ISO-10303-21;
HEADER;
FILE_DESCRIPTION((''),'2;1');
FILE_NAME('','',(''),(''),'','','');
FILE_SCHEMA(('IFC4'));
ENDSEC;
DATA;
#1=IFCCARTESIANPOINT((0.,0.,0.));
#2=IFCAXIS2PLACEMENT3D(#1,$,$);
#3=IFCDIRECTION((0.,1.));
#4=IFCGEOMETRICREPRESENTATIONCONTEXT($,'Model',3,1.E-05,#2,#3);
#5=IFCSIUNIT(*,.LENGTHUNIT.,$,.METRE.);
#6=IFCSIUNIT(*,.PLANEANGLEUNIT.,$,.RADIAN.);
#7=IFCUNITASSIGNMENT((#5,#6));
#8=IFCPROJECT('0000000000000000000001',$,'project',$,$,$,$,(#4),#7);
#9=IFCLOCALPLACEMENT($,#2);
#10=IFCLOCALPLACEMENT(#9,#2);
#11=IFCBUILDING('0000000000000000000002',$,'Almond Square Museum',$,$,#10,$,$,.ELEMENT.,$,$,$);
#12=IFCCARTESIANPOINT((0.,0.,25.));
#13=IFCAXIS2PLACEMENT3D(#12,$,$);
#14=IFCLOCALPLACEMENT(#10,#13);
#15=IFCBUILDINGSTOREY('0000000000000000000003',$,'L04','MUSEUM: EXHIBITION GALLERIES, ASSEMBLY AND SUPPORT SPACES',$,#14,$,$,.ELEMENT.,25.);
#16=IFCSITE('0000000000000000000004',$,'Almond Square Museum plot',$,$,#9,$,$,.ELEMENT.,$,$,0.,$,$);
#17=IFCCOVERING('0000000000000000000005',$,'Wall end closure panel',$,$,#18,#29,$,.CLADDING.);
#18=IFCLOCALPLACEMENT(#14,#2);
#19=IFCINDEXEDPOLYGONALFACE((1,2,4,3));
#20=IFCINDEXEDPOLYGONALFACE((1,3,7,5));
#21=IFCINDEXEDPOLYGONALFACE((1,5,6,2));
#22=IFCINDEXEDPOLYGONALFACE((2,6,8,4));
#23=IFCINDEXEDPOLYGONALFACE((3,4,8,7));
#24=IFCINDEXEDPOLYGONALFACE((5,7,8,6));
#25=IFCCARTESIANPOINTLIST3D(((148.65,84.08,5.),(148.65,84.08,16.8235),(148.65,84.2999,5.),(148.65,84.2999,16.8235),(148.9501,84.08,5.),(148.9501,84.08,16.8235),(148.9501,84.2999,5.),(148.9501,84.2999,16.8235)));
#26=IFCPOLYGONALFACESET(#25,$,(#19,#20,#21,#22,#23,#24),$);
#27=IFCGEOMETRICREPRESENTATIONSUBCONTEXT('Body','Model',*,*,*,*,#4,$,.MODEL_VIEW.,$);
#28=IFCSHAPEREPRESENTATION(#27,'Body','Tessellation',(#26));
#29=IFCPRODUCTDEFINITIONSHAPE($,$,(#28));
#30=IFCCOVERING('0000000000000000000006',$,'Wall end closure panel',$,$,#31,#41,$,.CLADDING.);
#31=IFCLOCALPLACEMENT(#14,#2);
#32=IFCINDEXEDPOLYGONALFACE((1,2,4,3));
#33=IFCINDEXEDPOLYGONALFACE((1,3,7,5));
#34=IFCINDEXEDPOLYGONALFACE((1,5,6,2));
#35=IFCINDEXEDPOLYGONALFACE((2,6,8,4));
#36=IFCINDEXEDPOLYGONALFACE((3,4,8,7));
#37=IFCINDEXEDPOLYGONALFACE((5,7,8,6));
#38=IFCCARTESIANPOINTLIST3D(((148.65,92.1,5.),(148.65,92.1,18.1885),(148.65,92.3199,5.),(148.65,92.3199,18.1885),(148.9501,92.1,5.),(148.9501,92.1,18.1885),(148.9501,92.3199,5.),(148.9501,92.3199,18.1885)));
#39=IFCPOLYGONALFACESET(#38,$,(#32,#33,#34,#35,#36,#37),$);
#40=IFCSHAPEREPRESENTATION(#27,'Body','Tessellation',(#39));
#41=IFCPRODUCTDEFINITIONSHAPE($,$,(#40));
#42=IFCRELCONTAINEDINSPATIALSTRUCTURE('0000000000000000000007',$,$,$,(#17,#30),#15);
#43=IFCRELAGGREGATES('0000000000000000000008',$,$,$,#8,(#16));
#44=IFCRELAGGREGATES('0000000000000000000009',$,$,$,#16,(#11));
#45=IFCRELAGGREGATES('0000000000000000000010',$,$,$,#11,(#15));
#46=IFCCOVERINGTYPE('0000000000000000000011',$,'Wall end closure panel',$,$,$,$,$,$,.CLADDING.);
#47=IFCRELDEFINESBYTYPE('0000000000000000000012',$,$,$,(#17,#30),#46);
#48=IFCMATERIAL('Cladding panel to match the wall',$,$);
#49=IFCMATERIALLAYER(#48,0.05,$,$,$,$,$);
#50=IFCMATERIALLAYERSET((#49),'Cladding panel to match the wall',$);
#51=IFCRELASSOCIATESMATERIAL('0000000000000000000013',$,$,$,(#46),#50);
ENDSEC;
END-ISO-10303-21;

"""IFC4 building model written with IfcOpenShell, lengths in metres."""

from ifc_helpers import new_model, si_unit, direction, frame, origin, origin_2d, place, context, subcontext, project, spatial, rectangle, extrude, material, layer, layer_set, type_object, element, save


model = new_model("IFC4")

# Units and contexts
model_context = context("Model", 3, precision=1e-05, world=origin(), true_north=direction((0.0, 1.0)))
body_context = subcontext(model_context, "Body", "Model", "MODEL_VIEW")
ifc_project = project(units=[si_unit("LENGTHUNIT", "METRE"), si_unit("PLANEANGLEUNIT", "RADIAN")], contexts=[model_context])

# Site, building, storey
site_placement = place(None, origin())
site = spatial("IfcSite", under=ifc_project, at=site_placement, Name="Almond Square Museum plot", CompositionType="ELEMENT", RefElevation=0.0)
building_placement = place(site_placement, origin())
building = spatial("IfcBuilding", under=site, at=building_placement, Name="Almond Square Museum", CompositionType="ELEMENT")
storey_placement = place(building_placement, frame((0.0, 0.0, 25.0)))
storey = spatial("IfcBuildingStorey", under=building, at=storey_placement, Name="L04", Description="MUSEUM: EXHIBITION GALLERIES, ASSEMBLY AND SUPPORT SPACES", CompositionType="ELEMENT", Elevation=25.0)

# Coverings
ifc_material_1 = material(Name="Cladding panel to match the wall")
ifc_layer_1 = layer(ifc_material_1, 0.05)
ifc_layer_set_1 = layer_set([ifc_layer_1], Name="Cladding panel to match the wall")
covering_type = type_object("IfcCoveringType", Name="Wall end closure panel", PredefinedType="CLADDING", material=ifc_layer_set_1)
covering_1_placement = place(storey_placement, frame((148.8, 84.1899, 5.0), z_axis=(0.0, 0.0, 1.0), x_axis=(1.0, 0.0, 0.0)))
element("IfcCovering", 1, at=covering_1_placement, inside=storey, type_object=covering_type, Name="Wall end closure panel", PredefinedType="CLADDING", context=body_context, shape_type="SweptSolid", body=[
    extrude(rectangle(XDim=0.3, YDim=0.22, at=origin_2d()), origin(), (0.0, 0.0, 1.0), 11.8235),
])
covering_2_placement = place(storey_placement, frame((148.8, 92.21, 5.0), z_axis=(0.0, 0.0, 1.0), x_axis=(1.0, 0.0, 0.0)))
element("IfcCovering", 2, at=covering_2_placement, inside=storey, type_object=covering_type, Name="Wall end closure panel", PredefinedType="CLADDING", context=body_context, shape_type="SweptSolid", body=[
    extrude(rectangle(XDim=0.3, YDim=0.22, at=origin_2d()), origin(), (0.0, 0.0, 1.0), 13.1885),
])

save(model, "model.ifc")
